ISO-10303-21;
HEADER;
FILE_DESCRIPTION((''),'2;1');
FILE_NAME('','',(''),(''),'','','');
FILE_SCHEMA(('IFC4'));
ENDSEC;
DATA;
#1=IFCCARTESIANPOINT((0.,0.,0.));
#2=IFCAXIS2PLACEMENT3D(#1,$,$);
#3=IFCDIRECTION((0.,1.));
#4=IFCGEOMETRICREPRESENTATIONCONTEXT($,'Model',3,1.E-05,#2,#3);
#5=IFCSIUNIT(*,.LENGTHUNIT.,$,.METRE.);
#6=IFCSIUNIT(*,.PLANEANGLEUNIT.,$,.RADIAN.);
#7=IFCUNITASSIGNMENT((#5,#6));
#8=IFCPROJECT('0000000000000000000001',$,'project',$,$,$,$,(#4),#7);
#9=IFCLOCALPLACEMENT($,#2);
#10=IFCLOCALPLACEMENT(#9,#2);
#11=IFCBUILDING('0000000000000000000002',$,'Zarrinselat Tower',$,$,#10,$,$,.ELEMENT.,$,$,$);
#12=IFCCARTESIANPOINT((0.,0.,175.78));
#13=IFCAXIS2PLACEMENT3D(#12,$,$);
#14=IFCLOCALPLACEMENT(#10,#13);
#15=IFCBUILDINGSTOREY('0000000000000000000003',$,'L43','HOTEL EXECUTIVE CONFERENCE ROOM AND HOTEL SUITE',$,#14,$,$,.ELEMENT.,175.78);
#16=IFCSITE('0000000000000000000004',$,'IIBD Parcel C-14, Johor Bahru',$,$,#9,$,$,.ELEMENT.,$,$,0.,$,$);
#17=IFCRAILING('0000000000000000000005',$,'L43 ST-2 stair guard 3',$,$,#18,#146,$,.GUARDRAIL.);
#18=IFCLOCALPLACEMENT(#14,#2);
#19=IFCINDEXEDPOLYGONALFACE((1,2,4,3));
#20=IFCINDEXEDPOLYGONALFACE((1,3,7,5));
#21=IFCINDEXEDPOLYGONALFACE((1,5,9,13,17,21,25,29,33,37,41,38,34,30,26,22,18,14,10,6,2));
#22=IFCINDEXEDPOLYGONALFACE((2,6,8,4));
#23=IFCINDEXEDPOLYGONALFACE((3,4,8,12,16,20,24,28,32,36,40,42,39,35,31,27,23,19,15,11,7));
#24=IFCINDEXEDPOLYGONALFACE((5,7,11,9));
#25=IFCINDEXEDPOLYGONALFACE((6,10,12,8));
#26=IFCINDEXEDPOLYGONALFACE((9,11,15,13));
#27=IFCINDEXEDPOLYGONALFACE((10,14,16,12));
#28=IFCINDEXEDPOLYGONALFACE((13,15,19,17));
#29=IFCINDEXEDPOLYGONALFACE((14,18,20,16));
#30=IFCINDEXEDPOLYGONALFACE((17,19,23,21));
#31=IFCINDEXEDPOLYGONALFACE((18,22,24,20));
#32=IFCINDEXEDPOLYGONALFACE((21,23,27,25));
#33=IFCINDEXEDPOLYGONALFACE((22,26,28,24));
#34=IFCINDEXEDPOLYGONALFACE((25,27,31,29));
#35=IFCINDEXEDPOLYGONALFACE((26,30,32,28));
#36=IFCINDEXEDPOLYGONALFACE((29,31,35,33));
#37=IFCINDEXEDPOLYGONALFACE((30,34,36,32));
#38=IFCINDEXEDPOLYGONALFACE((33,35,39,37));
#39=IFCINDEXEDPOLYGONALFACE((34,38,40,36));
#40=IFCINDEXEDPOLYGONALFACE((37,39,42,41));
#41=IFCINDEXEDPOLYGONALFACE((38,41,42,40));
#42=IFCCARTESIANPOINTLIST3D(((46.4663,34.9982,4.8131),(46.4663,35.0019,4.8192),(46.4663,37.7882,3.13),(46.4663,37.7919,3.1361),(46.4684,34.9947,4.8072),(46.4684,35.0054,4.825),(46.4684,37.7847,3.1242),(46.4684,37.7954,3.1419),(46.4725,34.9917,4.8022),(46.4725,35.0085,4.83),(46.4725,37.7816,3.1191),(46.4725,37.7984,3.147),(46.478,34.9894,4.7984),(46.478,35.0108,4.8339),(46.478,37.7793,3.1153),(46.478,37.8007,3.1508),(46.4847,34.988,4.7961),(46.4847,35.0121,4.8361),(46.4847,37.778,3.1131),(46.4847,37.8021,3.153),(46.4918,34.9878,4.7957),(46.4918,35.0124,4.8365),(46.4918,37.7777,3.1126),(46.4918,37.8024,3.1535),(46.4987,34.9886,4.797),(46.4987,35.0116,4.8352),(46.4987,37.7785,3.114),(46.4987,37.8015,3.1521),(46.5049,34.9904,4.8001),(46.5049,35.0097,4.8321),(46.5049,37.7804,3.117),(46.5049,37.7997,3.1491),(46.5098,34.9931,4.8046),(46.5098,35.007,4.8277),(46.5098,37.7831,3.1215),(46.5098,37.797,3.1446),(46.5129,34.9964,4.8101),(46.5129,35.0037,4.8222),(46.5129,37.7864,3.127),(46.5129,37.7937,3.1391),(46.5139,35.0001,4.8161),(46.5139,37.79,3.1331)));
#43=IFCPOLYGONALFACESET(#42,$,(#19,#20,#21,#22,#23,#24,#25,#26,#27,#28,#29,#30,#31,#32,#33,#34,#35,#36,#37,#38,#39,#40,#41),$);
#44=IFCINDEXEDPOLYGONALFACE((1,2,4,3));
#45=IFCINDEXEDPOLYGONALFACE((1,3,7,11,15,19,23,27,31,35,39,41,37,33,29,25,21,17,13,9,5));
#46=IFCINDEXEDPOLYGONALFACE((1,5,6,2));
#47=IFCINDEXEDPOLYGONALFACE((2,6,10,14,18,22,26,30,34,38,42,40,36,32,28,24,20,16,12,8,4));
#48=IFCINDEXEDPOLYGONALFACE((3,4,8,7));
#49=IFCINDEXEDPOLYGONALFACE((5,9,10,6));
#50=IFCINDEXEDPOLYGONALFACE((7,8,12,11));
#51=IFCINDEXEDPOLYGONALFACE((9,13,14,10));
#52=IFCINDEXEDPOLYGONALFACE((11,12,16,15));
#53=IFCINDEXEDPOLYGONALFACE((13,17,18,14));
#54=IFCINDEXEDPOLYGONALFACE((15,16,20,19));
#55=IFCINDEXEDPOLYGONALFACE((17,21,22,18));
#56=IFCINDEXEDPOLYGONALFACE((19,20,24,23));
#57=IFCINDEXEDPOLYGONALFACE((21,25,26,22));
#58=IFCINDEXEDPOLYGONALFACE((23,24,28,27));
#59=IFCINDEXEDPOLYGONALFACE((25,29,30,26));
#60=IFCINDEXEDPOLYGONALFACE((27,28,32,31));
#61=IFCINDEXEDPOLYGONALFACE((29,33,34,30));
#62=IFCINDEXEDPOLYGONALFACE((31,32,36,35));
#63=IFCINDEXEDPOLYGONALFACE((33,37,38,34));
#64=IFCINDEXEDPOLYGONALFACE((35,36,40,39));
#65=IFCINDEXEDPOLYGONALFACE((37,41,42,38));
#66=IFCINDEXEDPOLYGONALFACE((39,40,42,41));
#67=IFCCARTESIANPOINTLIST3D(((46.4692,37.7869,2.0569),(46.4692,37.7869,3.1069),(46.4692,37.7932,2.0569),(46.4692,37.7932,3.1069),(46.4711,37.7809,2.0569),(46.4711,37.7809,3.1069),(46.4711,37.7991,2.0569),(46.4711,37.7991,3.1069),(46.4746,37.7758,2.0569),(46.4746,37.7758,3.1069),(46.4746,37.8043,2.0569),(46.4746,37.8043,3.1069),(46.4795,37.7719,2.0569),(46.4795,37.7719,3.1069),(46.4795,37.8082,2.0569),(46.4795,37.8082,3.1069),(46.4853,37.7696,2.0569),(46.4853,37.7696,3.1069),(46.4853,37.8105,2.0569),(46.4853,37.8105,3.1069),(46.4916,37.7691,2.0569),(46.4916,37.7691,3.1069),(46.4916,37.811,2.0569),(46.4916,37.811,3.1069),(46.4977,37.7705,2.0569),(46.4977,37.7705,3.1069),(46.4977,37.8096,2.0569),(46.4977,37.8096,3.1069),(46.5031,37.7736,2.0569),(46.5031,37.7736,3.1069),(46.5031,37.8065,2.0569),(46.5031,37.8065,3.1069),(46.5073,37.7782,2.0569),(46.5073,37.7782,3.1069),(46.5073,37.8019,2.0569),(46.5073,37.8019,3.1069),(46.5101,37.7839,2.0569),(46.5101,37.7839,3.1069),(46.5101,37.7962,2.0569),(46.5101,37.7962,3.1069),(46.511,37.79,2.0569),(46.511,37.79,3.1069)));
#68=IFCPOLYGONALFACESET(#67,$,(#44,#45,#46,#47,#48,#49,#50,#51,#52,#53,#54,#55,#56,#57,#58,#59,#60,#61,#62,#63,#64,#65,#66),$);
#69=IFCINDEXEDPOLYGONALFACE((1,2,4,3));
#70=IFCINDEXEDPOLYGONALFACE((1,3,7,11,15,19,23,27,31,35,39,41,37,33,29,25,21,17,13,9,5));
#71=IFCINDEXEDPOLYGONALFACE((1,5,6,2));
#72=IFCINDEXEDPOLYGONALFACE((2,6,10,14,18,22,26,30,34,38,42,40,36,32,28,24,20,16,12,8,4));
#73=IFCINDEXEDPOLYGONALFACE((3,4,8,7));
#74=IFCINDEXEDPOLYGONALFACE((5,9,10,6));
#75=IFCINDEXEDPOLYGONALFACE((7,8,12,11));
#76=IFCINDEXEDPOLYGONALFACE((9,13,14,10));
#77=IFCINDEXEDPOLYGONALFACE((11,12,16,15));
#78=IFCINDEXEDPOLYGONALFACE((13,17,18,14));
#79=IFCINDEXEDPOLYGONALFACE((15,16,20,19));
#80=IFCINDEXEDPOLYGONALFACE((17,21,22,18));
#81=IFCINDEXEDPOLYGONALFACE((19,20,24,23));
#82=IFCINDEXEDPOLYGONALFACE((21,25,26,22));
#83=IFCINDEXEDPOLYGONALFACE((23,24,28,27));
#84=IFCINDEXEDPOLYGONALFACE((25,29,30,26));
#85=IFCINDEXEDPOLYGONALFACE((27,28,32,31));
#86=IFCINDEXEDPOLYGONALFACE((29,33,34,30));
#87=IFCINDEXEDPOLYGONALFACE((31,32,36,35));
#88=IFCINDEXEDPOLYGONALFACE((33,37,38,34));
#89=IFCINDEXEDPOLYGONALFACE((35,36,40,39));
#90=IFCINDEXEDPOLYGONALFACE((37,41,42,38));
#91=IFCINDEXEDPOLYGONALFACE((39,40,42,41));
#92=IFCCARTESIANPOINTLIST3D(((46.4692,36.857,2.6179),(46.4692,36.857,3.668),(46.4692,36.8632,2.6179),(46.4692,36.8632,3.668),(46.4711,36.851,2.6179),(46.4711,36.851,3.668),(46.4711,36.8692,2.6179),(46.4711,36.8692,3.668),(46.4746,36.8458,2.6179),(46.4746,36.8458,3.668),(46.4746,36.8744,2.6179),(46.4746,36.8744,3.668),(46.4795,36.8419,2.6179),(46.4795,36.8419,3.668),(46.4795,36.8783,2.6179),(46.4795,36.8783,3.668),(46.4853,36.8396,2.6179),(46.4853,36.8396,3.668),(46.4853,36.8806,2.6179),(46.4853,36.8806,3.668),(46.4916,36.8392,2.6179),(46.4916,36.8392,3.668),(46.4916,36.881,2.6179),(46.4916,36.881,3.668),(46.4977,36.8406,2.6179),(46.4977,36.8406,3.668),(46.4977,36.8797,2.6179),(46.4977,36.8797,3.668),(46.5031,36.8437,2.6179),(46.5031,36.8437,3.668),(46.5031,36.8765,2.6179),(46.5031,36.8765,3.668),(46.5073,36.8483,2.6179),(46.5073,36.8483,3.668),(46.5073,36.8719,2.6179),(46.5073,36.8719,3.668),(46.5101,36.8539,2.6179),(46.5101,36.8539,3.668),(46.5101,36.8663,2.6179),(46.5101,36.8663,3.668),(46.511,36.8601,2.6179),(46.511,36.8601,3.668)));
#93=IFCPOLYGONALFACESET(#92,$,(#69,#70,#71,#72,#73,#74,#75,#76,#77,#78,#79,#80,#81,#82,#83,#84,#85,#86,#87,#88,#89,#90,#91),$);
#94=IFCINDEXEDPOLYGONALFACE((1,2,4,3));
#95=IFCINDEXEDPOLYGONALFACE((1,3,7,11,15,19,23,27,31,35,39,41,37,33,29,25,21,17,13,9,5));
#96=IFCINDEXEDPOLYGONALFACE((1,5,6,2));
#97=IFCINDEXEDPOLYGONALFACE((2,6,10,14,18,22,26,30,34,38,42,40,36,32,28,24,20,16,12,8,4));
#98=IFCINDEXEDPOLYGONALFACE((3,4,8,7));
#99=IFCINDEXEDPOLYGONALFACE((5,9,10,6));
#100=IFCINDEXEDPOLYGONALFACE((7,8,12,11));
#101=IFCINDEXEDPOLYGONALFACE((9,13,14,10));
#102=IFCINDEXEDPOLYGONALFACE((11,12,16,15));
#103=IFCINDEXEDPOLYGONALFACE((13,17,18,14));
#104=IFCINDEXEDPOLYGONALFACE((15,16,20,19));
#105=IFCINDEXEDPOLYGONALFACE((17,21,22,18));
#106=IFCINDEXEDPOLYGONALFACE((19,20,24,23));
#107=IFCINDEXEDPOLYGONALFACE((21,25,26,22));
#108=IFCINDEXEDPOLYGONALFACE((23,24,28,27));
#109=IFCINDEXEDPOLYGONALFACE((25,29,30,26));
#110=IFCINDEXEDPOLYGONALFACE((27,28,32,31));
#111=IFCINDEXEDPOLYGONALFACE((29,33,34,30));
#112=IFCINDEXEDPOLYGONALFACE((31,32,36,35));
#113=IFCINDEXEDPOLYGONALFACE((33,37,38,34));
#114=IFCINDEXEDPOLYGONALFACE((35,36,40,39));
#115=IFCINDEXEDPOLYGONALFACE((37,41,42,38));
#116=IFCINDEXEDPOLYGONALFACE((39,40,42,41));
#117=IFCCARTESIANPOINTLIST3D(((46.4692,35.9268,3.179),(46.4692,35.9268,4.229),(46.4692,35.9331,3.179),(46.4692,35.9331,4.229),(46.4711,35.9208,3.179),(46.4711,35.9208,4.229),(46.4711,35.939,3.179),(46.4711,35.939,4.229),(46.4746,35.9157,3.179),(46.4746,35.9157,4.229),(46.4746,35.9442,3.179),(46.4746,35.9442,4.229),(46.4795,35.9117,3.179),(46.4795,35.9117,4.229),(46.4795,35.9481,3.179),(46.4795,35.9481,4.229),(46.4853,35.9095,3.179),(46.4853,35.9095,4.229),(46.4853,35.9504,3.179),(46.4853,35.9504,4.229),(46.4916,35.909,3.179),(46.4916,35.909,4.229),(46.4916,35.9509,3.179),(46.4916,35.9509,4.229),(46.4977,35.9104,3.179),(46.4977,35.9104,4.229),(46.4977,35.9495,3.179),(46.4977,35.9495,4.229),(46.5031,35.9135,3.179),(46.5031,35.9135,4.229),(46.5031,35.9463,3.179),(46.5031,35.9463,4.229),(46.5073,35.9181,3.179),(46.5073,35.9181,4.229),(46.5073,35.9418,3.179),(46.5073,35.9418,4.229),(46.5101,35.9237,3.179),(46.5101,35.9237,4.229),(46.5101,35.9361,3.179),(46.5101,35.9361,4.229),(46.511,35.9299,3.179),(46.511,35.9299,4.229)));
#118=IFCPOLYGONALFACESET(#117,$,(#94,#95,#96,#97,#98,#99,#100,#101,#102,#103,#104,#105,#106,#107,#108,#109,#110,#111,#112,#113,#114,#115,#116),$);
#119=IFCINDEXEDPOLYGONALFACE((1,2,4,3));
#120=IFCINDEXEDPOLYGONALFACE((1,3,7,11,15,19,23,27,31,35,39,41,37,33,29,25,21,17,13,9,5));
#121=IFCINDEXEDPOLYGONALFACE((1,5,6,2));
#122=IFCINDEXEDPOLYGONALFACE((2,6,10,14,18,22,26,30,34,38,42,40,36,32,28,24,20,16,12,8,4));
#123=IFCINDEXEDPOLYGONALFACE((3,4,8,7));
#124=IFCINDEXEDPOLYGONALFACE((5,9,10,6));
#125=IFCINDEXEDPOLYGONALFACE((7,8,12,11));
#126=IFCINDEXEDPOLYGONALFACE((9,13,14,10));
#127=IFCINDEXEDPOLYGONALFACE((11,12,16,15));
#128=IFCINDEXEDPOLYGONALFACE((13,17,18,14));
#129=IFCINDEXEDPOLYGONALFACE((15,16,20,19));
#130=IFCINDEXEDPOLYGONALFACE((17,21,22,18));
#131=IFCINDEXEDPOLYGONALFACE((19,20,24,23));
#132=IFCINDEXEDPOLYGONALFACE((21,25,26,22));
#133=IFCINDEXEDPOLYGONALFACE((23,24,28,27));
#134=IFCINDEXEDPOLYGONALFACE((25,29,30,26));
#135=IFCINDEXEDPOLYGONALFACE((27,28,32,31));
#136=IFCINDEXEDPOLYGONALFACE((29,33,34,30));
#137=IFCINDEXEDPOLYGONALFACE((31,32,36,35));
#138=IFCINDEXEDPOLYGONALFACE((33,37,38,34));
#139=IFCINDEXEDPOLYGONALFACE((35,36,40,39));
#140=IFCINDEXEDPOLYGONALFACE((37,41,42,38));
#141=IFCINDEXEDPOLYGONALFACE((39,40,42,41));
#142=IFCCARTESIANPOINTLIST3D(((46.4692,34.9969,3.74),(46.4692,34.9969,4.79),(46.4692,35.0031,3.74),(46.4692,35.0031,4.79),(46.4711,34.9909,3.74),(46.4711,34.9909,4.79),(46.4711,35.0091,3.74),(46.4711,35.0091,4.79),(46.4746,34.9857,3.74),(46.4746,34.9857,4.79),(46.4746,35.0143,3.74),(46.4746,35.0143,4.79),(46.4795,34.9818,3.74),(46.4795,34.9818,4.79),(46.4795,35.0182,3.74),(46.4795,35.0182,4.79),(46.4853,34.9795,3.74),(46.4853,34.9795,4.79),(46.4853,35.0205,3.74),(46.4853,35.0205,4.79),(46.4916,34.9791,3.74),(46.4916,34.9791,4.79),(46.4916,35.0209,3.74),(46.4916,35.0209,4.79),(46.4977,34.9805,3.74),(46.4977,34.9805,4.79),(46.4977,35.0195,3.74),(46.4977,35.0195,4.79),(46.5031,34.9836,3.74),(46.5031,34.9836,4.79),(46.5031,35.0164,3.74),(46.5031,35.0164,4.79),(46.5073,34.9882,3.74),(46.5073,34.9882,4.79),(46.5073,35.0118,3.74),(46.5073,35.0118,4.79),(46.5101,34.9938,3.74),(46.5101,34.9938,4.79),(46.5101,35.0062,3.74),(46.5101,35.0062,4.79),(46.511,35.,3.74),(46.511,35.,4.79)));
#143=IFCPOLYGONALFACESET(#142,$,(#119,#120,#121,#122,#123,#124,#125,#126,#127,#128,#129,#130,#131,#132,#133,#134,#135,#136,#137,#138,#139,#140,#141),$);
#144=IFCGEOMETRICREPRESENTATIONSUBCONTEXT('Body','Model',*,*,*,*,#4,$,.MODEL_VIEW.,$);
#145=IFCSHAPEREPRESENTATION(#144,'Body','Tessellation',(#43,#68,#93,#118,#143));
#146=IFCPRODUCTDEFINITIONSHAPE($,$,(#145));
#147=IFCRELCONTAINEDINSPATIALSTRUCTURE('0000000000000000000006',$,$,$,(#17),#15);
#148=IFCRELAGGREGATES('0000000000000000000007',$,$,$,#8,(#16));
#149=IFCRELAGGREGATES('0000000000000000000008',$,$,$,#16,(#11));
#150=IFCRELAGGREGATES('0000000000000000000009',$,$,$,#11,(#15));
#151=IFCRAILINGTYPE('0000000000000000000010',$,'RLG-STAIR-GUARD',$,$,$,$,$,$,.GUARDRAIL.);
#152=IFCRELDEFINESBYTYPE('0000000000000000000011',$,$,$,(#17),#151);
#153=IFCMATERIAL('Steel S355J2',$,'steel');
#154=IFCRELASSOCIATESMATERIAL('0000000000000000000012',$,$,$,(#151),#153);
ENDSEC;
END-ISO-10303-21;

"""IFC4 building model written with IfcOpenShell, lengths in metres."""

from ifc_helpers import new_model, si_unit, direction, frame, origin, origin_2d, place, context, subcontext, project, spatial, circle, extrude, material, type_object, element, save


model = new_model("IFC4")

# Units and contexts
model_context = context("Model", 3, precision=1e-05, world=origin(), true_north=direction((0.0, 1.0)))
body_context = subcontext(model_context, "Body", "Model", "MODEL_VIEW")
ifc_project = project(units=[si_unit("LENGTHUNIT", "METRE"), si_unit("PLANEANGLEUNIT", "RADIAN")], contexts=[model_context])

# Site, building, storey
site_placement = place(None, origin())
site = spatial("IfcSite", under=ifc_project, at=site_placement, Name="IIBD Parcel C-14, Johor Bahru", CompositionType="ELEMENT", RefElevation=0.0)
building_placement = place(site_placement, origin())
building = spatial("IfcBuilding", under=site, at=building_placement, Name="Zarrinselat Tower", CompositionType="ELEMENT")
storey_placement = place(building_placement, frame((0.0, 0.0, 175.78)))
storey = spatial("IfcBuildingStorey", under=building, at=storey_placement, Name="L43", Description="HOTEL EXECUTIVE CONFERENCE ROOM AND HOTEL SUITE", CompositionType="ELEMENT", Elevation=175.78)

# Railing
ifc_material_1 = material(Name="Steel S355J2", Category="steel")
railing_type_1 = type_object("IfcRailingType", Name="RLG-STAIR-GUARD", PredefinedType="GUARDRAIL", material=ifc_material_1)
railing_1_placement = place(storey_placement, frame((46.49, 37.79, 2.0569)))
element("IfcRailing", 1, at=railing_1_placement, inside=storey, type_object=railing_type_1, Name="L43 ST-2 stair guard 3", PredefinedType="GUARDRAIL", context=body_context, shape_type="SweptSolid", body=[
    extrude(circle(Radius=0.0239, at=origin_2d()), frame((0.0, 0.0, 1.0762), z_axis=(0.0, -0.856261, 0.516544), x_axis=(1.0, 0.0, 0.0)), (0.0, 0.0, 1.0), 3.2583),
    extrude(circle(Radius=0.021, at=origin_2d()), origin(), (0.0, 0.0, 1.0), 1.05),
    extrude(circle(Radius=0.021, at=origin_2d()), frame((0.0, -0.9299, 0.561)), (0.0, 0.0, 1.0), 1.05),
    extrude(circle(Radius=0.021, at=origin_2d()), frame((0.0, -1.8601, 1.1221)), (0.0, 0.0, 1.0), 1.05),
    extrude(circle(Radius=0.021, at=origin_2d()), frame((0.0, -2.79, 1.6831)), (0.0, 0.0, 1.0), 1.05),
])

save(model, "model.ifc")
